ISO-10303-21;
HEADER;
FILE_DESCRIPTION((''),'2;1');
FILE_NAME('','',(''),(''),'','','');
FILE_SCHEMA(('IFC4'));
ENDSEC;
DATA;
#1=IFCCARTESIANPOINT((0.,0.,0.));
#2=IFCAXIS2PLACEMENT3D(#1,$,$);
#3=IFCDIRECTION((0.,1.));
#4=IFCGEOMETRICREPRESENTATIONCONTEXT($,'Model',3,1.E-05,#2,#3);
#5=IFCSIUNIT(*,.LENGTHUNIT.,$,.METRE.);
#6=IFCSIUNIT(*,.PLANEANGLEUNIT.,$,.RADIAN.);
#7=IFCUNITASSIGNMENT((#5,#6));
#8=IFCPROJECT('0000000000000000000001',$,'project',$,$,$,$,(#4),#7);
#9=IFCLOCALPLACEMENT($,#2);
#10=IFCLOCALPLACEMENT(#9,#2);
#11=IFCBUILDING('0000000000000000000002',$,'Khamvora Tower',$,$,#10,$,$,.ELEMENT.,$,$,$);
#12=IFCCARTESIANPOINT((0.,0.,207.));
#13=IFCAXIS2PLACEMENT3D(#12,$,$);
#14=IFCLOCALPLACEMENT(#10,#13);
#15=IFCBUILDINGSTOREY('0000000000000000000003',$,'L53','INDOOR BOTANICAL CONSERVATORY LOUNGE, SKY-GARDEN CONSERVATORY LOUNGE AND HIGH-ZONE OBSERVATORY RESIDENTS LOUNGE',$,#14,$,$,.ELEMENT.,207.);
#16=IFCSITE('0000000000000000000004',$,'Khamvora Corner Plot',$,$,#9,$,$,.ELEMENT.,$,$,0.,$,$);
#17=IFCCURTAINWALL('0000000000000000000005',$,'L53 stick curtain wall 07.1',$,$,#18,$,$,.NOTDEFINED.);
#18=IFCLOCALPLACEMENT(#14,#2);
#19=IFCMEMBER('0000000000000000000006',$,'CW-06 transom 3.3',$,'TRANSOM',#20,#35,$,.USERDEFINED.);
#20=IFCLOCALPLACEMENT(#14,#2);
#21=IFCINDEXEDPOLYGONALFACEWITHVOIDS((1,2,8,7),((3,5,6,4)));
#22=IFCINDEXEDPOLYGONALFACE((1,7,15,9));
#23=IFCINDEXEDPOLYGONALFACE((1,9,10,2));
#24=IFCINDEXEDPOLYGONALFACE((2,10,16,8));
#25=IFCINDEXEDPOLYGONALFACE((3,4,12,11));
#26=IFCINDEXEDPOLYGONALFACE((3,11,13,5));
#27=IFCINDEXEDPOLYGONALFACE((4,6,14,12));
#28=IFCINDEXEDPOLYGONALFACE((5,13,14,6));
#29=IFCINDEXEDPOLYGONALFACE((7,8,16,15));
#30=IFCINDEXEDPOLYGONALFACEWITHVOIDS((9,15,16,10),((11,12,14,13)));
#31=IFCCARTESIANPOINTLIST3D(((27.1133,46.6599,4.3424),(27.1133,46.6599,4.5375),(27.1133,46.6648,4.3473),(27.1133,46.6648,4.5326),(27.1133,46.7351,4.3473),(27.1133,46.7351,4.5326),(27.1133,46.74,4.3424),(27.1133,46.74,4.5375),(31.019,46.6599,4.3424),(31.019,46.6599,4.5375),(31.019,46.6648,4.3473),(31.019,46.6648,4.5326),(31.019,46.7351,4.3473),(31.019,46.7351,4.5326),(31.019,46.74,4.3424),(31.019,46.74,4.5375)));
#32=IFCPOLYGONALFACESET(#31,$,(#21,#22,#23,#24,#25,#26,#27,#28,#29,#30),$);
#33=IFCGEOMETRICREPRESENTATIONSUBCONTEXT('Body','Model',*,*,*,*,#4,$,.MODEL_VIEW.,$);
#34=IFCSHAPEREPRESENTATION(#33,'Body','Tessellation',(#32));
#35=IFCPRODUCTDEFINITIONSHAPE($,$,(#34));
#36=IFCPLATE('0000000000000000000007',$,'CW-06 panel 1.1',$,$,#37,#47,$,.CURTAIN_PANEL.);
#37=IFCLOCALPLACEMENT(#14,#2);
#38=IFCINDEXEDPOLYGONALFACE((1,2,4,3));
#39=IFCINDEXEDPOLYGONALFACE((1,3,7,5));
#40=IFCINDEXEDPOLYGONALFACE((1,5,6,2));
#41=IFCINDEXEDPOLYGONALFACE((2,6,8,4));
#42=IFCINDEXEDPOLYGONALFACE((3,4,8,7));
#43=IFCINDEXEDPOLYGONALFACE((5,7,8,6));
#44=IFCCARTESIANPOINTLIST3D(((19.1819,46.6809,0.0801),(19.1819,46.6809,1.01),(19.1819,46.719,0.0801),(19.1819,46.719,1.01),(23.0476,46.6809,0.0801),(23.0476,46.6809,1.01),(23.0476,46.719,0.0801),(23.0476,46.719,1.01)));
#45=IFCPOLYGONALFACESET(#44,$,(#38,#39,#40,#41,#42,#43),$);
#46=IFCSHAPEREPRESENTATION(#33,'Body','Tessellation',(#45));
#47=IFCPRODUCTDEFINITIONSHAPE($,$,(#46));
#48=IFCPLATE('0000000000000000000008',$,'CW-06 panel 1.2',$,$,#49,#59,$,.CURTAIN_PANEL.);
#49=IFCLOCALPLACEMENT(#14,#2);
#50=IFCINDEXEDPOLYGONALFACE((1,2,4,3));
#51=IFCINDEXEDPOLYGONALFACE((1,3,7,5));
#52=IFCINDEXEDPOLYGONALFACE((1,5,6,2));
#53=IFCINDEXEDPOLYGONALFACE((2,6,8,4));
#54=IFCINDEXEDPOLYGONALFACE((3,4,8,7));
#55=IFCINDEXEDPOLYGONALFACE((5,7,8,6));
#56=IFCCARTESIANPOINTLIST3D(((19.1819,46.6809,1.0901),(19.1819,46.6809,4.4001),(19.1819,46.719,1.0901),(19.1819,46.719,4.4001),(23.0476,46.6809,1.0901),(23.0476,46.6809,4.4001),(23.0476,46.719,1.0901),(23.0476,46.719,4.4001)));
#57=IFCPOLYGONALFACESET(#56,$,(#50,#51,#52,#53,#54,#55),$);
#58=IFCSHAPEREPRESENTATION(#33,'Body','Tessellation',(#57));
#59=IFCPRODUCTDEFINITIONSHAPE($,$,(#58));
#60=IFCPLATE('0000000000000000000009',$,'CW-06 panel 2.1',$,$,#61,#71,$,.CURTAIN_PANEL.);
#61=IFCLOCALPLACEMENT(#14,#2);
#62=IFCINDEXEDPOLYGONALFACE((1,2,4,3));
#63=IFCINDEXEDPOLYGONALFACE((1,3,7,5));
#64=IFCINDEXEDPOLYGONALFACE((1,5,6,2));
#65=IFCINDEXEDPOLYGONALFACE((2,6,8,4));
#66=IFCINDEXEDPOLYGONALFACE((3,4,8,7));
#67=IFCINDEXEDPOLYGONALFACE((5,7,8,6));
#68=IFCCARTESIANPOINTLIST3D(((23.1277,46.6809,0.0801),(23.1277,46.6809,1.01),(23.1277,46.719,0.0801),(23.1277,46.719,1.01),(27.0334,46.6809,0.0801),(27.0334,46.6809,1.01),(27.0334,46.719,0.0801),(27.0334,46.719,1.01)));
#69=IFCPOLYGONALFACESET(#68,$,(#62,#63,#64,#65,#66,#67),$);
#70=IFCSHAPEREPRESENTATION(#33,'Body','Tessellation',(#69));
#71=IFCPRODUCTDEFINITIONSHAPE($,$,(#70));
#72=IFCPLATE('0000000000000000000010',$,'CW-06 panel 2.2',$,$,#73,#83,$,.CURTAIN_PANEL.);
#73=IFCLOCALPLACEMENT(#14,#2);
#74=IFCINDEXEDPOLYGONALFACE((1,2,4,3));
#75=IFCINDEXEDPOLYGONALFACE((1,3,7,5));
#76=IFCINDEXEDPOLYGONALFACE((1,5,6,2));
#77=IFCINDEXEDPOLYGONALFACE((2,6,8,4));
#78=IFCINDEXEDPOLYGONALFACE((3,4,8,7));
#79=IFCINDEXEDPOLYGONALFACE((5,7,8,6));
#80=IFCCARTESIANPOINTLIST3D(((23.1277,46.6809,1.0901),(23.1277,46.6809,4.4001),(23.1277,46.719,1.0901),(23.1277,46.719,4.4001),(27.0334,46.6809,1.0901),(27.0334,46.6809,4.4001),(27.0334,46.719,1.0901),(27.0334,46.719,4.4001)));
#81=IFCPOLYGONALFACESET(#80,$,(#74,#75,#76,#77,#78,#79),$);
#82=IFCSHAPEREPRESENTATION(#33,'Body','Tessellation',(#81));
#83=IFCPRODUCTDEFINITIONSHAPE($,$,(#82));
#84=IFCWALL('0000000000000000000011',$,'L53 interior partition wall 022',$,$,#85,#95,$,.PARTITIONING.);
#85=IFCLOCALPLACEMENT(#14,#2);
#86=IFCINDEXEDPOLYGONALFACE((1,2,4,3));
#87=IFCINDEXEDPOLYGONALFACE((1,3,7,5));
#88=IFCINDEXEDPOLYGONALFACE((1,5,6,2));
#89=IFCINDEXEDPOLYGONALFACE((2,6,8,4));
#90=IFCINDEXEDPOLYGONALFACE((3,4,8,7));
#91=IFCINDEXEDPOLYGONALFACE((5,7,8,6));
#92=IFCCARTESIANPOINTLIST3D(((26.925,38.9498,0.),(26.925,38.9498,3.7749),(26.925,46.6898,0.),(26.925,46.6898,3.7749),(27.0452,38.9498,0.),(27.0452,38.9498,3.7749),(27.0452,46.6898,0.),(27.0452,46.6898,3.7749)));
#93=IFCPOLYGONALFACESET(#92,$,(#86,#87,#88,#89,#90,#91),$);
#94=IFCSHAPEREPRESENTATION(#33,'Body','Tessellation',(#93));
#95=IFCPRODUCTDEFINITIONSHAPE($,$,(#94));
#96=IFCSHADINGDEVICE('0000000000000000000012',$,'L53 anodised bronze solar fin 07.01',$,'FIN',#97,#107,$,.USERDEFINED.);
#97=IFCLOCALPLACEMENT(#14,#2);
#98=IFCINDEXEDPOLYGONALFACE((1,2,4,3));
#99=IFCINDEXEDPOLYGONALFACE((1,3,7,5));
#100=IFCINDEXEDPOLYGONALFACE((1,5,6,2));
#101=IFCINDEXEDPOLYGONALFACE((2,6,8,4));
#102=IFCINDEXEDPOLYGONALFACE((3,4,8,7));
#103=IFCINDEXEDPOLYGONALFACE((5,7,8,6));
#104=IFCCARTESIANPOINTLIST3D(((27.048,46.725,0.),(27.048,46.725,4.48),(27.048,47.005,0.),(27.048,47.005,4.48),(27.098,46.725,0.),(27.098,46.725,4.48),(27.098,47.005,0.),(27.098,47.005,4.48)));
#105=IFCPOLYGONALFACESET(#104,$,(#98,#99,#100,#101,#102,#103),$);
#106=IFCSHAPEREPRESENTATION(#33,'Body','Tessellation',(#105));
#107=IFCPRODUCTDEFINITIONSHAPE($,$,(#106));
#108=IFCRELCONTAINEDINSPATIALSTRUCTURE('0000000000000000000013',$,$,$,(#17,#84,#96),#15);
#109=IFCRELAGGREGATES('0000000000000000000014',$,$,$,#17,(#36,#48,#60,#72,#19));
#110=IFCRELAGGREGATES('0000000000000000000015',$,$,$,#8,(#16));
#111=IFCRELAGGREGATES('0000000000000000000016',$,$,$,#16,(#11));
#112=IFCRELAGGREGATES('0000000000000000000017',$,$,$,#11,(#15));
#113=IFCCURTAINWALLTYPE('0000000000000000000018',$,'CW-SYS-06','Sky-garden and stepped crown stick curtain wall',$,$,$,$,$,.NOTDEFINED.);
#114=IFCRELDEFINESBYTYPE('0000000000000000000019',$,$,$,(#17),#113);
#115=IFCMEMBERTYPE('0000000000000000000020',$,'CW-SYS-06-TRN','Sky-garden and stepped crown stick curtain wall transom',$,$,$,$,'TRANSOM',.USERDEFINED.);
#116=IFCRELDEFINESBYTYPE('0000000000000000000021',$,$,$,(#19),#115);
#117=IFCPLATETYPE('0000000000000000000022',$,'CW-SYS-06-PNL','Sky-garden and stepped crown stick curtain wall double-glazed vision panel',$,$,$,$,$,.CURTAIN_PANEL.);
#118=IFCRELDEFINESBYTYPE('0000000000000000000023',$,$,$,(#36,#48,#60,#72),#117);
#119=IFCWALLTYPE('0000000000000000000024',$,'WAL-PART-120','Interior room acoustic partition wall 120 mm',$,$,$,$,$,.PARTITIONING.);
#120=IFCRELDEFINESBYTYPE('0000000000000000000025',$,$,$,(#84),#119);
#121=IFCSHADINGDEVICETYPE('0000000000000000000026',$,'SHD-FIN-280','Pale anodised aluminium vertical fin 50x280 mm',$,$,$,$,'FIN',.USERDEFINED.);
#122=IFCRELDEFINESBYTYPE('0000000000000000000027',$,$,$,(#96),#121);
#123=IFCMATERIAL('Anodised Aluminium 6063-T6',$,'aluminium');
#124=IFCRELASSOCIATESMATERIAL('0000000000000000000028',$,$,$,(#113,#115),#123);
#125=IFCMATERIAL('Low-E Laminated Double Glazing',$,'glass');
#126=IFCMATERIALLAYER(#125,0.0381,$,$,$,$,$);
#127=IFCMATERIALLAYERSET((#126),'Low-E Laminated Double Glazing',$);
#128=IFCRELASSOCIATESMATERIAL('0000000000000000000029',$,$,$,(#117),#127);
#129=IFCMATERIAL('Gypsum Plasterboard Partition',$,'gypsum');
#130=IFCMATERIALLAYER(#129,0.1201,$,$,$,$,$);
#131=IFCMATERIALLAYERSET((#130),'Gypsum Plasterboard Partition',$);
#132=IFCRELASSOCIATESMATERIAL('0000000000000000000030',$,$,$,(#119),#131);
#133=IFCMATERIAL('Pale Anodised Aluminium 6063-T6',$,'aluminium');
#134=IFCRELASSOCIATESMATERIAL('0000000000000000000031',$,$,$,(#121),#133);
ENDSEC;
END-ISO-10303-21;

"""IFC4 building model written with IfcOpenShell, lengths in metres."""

from ifc_helpers import new_model, si_unit, direction, frame, frame_2d, origin, origin_2d, place, context, subcontext, project, spatial, rectangle, hollow_rectangle, extrude, material, layer, layer_set, material_profile, profile_set, type_object, element, aggregate, save


model = new_model("IFC4")

# Units and contexts
model_context = context("Model", 3, precision=1e-05, world=origin(), true_north=direction((0.0, 1.0)))
body_context = subcontext(model_context, "Body", "Model", "MODEL_VIEW")
ifc_project = project(units=[si_unit("LENGTHUNIT", "METRE"), si_unit("PLANEANGLEUNIT", "RADIAN")], contexts=[model_context])

# Site, building, storey
site_placement = place(None, origin())
site = spatial("IfcSite", under=ifc_project, at=site_placement, Name="Khamvora Corner Plot", CompositionType="ELEMENT", RefElevation=0.0)
building_placement = place(site_placement, origin())
building = spatial("IfcBuilding", under=site, at=building_placement, Name="Khamvora Tower", CompositionType="ELEMENT")
storey_placement = place(building_placement, frame((0.0, 0.0, 207.0)))
storey = spatial("IfcBuildingStorey", under=building, at=storey_placement, Name="L53", Description="INDOOR BOTANICAL CONSERVATORY LOUNGE, SKY-GARDEN CONSERVATORY LOUNGE AND HIGH-ZONE OBSERVATORY RESIDENTS LOUNGE", CompositionType="ELEMENT", Elevation=207.0)

# Curtain wall, member, plates
ifc_material_1 = material(Name="Anodised Aluminium 6063-T6", Category="aluminium")
curtain_wall_type = type_object("IfcCurtainWallType", Name="CW-SYS-06", Description="Sky-garden and stepped crown stick curtain wall", PredefinedType="NOTDEFINED", material=ifc_material_1)
curtain_wall_placement = place(storey_placement, origin())
curtain_wall = element("IfcCurtainWall", 1, at=curtain_wall_placement, inside=storey, type_object=curtain_wall_type, Name="L53 stick curtain wall 07.1", PredefinedType="NOTDEFINED")
ifc_material_profile_1 = material_profile(ifc_material_1, hollow_rectangle(XDim=0.0801, YDim=0.1951, WallThickness=0.0049, at=origin_2d()), Name="TRN80x195x5")
ifc_profile_set_1 = profile_set([ifc_material_profile_1], Name="Anodised Aluminium 6063-T6")
member_type_1 = type_object("IfcMemberType", Name="CW-SYS-06-TRN", Description="Sky-garden and stepped crown stick curtain wall transom", ElementType="TRANSOM", PredefinedType="USERDEFINED", material=ifc_profile_set_1)
member_1_placement = place(storey_placement, frame((27.1133, 46.7, 4.4399), z_axis=(1.0, 0.0, 0.0), x_axis=(0.0, 1.0, 0.0)))
member_1 = element("IfcMember", 2, at=member_1_placement, type_object=member_type_1, Name="CW-06 transom 3.3", ObjectType="TRANSOM", PredefinedType="USERDEFINED", context=body_context, shape_type="SweptSolid", body=[
    extrude(hollow_rectangle(XDim=0.0801, YDim=0.1951, WallThickness=0.0049, at=origin_2d()), origin(), (0.0, 0.0, 1.0), 3.9058),
])
ifc_material_2 = material(Name="Low-E Laminated Double Glazing", Category="glass")
ifc_layer_1 = layer(ifc_material_2, 0.0381)
ifc_layer_set_1 = layer_set([ifc_layer_1], Name="Low-E Laminated Double Glazing")
plate_type = type_object("IfcPlateType", Name="CW-SYS-06-PNL", Description="Sky-garden and stepped crown stick curtain wall double-glazed vision panel", PredefinedType="CURTAIN_PANEL", material=ifc_layer_set_1)
plate_1_placement = place(storey_placement, frame((21.1147, 46.7, 0.0801), z_axis=(0.0, 0.0, 1.0), x_axis=(1.0, 0.0, 0.0)))
plate_1 = element("IfcPlate", 3, at=plate_1_placement, type_object=plate_type, Name="CW-06 panel 1.1", PredefinedType="CURTAIN_PANEL", context=body_context, shape_type="SweptSolid", body=[
    extrude(rectangle(XDim=3.8657, YDim=0.0381, at=origin_2d()), origin(), (0.0, 0.0, 1.0), 0.9299),
])
plate_2_placement = place(storey_placement, frame((21.1147, 46.7, 1.0901), z_axis=(0.0, 0.0, 1.0), x_axis=(1.0, 0.0, 0.0)))
plate_2 = element("IfcPlate", 4, at=plate_2_placement, type_object=plate_type, Name="CW-06 panel 1.2", PredefinedType="CURTAIN_PANEL", context=body_context, shape_type="SweptSolid", body=[
    extrude(rectangle(XDim=3.8657, YDim=0.0381, at=origin_2d()), origin(), (0.0, 0.0, 1.0), 3.3101),
])
plate_3_placement = place(storey_placement, frame((25.0806, 46.7, 0.0801), z_axis=(0.0, 0.0, 1.0), x_axis=(1.0, 0.0, 0.0)))
plate_3 = element("IfcPlate", 5, at=plate_3_placement, type_object=plate_type, Name="CW-06 panel 2.1", PredefinedType="CURTAIN_PANEL", context=body_context, shape_type="SweptSolid", body=[
    extrude(rectangle(XDim=3.9058, YDim=0.0381, at=origin_2d()), origin(), (0.0, 0.0, 1.0), 0.9299),
])
plate_4_placement = place(storey_placement, frame((25.0806, 46.7, 1.0901), z_axis=(0.0, 0.0, 1.0), x_axis=(1.0, 0.0, 0.0)))
plate_4 = element("IfcPlate", 6, at=plate_4_placement, type_object=plate_type, Name="CW-06 panel 2.2", PredefinedType="CURTAIN_PANEL", context=body_context, shape_type="SweptSolid", body=[
    extrude(rectangle(XDim=3.9058, YDim=0.0381, at=origin_2d()), origin(), (0.0, 0.0, 1.0), 3.3101),
])
aggregate(curtain_wall, [plate_1, plate_2, plate_3, plate_4, member_1])

# Wall
ifc_material_3 = material(Name="Gypsum Plasterboard Partition", Category="gypsum")
ifc_layer_2 = layer(ifc_material_3, 0.1201)
ifc_layer_set_2 = layer_set([ifc_layer_2], Name="Gypsum Plasterboard Partition")
wall_type = type_object("IfcWallType", Name="WAL-PART-120", Description="Interior room acoustic partition wall 120 mm", PredefinedType="PARTITIONING", material=ifc_layer_set_2)
wall_placement = place(storey_placement, frame((26.9851, 46.6899, 0.0), z_axis=(0.0, 0.0, 1.0), x_axis=(0.0, -1.0, 0.0)))
element("IfcWall", 7, at=wall_placement, inside=storey, type_object=wall_type, Name="L53 interior partition wall 022", PredefinedType="PARTITIONING", context=body_context, shape_type="SweptSolid", body=[
    extrude(rectangle(XDim=7.74, YDim=0.1201, at=frame_2d((3.8701, 0.0))), origin(), (0.0, 0.0, 1.0), 3.7749),
])

# Shading device
ifc_material_4 = material(Name="Pale Anodised Aluminium 6063-T6", Category="aluminium")
shading_device_type = type_object("IfcShadingDeviceType", Name="SHD-FIN-280", Description="Pale anodised aluminium vertical fin 50x280 mm", ElementType="FIN", PredefinedType="USERDEFINED", material=ifc_material_4)
shading_device_placement = place(storey_placement, frame((27.073, 46.865, 0.0), z_axis=(0.0, 0.0, 1.0), x_axis=(1.0, 0.0, 0.0)))
element("IfcShadingDevice", 8, at=shading_device_placement, inside=storey, type_object=shading_device_type, Name="L53 anodised bronze solar fin 07.01", ObjectType="FIN", PredefinedType="USERDEFINED", context=body_context, shape_type="SweptSolid", body=[
    extrude(rectangle(XDim=0.05, YDim=0.28, at=origin_2d()), origin(), (0.0, 0.0, 1.0), 4.48),
])

save(model, "model.ifc")
